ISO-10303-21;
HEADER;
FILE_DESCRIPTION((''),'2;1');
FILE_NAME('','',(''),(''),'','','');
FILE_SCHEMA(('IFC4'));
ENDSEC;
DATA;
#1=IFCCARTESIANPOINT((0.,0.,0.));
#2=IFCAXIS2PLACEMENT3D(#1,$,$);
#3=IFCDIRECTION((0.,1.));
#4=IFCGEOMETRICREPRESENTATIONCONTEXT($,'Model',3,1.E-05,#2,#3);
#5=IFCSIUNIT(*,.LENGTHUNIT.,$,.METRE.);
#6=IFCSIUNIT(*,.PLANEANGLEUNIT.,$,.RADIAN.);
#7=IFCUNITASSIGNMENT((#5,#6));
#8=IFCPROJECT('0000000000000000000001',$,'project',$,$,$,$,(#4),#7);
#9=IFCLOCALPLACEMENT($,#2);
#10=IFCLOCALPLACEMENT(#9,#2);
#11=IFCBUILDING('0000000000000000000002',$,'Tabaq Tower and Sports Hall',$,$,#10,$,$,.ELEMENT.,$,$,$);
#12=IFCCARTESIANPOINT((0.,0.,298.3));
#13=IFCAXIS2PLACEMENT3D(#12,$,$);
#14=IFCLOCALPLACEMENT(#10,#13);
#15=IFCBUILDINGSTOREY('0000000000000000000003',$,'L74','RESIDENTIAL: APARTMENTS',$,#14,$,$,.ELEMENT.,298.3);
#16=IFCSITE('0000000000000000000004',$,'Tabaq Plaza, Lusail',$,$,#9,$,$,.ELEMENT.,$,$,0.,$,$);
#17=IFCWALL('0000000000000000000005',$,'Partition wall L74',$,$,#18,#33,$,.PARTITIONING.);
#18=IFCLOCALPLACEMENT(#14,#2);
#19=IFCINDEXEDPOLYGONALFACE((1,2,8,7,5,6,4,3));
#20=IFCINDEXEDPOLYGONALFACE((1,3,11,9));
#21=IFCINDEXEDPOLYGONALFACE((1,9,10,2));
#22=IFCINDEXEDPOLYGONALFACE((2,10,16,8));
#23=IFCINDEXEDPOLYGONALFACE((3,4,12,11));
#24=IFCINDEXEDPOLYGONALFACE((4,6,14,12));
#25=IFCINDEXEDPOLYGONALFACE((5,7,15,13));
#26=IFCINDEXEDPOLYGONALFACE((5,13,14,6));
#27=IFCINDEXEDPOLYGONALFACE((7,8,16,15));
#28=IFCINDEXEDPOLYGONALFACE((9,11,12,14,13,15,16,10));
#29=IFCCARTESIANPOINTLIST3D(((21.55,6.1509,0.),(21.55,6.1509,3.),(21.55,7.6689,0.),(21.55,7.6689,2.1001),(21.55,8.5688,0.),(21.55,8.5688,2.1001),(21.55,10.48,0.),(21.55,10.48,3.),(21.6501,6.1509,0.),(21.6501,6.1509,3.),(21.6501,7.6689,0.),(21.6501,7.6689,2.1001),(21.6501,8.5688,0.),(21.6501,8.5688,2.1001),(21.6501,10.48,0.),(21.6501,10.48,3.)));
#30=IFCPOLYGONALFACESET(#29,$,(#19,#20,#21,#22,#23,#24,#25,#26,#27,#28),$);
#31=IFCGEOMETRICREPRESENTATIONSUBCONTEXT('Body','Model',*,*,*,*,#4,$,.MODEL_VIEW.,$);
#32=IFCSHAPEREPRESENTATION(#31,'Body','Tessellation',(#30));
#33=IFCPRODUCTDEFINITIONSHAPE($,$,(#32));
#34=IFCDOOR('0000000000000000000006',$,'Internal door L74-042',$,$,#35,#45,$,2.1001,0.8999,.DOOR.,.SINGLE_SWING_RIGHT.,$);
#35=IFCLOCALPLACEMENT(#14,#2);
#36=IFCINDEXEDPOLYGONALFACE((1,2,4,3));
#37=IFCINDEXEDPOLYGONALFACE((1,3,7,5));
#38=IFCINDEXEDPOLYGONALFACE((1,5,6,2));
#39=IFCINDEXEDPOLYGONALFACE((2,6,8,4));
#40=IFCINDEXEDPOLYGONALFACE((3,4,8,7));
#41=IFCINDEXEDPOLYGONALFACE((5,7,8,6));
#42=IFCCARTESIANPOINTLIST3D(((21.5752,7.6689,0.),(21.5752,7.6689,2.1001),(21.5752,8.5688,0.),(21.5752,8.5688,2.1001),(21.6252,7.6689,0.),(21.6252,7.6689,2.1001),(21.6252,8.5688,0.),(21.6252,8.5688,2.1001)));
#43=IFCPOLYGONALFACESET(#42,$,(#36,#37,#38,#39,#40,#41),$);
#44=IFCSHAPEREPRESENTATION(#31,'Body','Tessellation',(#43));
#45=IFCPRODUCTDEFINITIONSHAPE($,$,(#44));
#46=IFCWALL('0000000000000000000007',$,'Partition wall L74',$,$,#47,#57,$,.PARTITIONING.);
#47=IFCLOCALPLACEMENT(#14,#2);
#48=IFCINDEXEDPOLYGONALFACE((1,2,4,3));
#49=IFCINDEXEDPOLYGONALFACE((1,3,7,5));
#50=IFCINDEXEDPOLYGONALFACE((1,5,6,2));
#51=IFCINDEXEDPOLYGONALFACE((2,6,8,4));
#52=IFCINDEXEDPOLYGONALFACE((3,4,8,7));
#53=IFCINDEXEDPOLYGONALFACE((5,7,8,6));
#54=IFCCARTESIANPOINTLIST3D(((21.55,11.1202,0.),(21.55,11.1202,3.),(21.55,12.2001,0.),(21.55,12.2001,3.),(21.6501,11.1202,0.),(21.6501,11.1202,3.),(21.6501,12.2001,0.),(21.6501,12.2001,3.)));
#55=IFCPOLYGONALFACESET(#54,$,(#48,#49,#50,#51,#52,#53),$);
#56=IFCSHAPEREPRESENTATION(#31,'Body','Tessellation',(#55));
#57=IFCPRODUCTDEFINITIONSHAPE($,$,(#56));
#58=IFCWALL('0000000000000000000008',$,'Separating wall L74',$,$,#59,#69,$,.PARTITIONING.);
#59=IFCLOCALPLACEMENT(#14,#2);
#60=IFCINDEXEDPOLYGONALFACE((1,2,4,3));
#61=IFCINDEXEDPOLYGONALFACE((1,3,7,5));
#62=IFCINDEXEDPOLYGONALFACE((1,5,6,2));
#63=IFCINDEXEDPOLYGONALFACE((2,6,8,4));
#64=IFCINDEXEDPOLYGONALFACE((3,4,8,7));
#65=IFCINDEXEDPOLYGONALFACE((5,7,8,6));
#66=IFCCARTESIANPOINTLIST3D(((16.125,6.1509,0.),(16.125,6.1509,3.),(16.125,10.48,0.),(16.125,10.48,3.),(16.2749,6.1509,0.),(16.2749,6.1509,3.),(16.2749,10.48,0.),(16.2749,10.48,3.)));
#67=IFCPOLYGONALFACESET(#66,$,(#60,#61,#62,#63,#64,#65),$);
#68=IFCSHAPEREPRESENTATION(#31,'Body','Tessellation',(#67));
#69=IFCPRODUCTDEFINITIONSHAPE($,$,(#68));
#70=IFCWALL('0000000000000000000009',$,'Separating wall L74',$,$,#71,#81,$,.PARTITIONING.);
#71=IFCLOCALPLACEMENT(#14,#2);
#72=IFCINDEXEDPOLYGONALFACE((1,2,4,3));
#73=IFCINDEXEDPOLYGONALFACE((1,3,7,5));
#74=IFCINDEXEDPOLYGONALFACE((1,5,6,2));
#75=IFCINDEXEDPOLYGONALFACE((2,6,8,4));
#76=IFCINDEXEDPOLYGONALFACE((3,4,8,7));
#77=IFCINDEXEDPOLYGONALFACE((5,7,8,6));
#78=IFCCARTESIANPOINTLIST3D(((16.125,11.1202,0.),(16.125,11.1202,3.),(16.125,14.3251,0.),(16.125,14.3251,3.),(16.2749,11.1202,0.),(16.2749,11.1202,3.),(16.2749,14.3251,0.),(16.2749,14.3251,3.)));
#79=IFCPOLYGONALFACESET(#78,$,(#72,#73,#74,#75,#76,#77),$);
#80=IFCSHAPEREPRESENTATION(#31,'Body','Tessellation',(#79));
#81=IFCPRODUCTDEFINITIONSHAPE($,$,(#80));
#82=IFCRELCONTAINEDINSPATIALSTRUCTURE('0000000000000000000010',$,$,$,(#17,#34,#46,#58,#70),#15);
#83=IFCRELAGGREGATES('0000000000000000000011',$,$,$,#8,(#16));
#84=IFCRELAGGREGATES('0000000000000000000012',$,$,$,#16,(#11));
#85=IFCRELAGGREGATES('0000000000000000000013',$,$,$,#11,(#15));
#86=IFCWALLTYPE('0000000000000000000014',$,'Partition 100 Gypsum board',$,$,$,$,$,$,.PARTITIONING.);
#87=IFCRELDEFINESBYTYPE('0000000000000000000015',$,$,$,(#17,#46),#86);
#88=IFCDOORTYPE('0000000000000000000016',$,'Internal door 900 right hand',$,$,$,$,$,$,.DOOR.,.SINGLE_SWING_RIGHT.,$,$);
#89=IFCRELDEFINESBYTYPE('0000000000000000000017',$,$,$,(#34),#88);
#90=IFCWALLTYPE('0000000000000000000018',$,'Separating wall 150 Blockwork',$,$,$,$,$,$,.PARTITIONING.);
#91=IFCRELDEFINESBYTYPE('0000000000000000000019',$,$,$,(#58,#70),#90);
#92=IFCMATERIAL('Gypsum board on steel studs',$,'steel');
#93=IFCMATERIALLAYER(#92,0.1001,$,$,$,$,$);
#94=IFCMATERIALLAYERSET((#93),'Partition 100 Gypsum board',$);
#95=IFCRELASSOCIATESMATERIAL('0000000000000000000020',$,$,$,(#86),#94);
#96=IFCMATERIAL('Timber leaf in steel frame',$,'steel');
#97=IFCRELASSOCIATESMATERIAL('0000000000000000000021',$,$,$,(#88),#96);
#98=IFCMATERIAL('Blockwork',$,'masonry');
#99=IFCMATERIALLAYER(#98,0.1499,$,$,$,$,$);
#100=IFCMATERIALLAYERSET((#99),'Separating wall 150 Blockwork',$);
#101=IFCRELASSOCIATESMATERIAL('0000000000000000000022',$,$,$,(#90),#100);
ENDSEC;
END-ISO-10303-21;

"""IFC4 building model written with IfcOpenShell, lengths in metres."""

from ifc_helpers import new_model, si_unit, direction, frame, frame_2d, origin, place, context, subcontext, project, spatial, rectangle, extrude, material, layer, layer_set, type_object, element, fill, save


model = new_model("IFC4")

# Units and contexts
model_context = context("Model", 3, precision=1e-05, world=origin(), true_north=direction((0.0, 1.0)))
body_context = subcontext(model_context, "Body", "Model", "MODEL_VIEW")
ifc_project = project(units=[si_unit("LENGTHUNIT", "METRE"), si_unit("PLANEANGLEUNIT", "RADIAN")], contexts=[model_context])

# Site, building, storey
site_placement = place(None, origin())
site = spatial("IfcSite", under=ifc_project, at=site_placement, Name="Tabaq Plaza, Lusail", CompositionType="ELEMENT", RefElevation=0.0)
building_placement = place(site_placement, origin())
building = spatial("IfcBuilding", under=site, at=building_placement, Name="Tabaq Tower and Sports Hall", CompositionType="ELEMENT")
storey_placement = place(building_placement, frame((0.0, 0.0, 298.3)))
storey = spatial("IfcBuildingStorey", under=building, at=storey_placement, Name="L74", Description="RESIDENTIAL: APARTMENTS", CompositionType="ELEMENT", Elevation=298.3)

# Shared definitions
ifc_material_1 = material(Name="Gypsum board on steel studs", Category="steel")
ifc_layer_1 = layer(ifc_material_1, 0.1001)
ifc_layer_set_1 = layer_set([ifc_layer_1], Name="Partition 100 Gypsum board")
wall_type_1 = type_object("IfcWallType", Name="Partition 100 Gypsum board", PredefinedType="PARTITIONING", material=ifc_layer_set_1)
ifc_material_2 = material(Name="Timber leaf in steel frame", Category="steel")
door_type_1 = type_object("IfcDoorType", Name="Internal door 900 right hand", OperationType="SINGLE_SWING_RIGHT", PredefinedType="DOOR", material=ifc_material_2)

# Wall, opening, door
wall_1_placement = place(storey_placement, frame((21.6001, 6.1509, 0.0), z_axis=(0.0, 0.0, 1.0), x_axis=(0.0, 1.0, 0.0)))
wall_1 = element("IfcWall", 1, at=wall_1_placement, inside=storey, type_object=wall_type_1, Name="Partition wall L74", PredefinedType="PARTITIONING", context=body_context, shape_type="SweptSolid", body=[
    extrude(rectangle(XDim=4.3291, YDim=0.1001, at=frame_2d((2.1646, 0.0))), origin(), (0.0, 0.0, 1.0), 3.0),
])
opening_1_placement = place(wall_1_placement, frame((1.5181, 0.0, 0.0)))
opening_1 = element("IfcOpeningElement", 2, at=opening_1_placement, cuts=wall_1, PredefinedType="OPENING", context=body_context, shape_type="SweptSolid", body=[
    extrude(rectangle(XDim=0.8999, YDim=2.1001, at=frame_2d((0.45, 1.05))), frame((0.0, 0.05, 0.0), z_axis=(0.0, -1.0, 0.0), x_axis=(1.0, 0.0, 0.0)), (0.0, 0.0, 1.0), 0.1001),
])
door_1_placement = place(opening_1_placement, origin())
door_1 = element("IfcDoor", 3, at=door_1_placement, inside=storey, type_object=door_type_1, Name="Internal door L74-042", OperationType="SINGLE_SWING_RIGHT", OverallHeight=2.1001, OverallWidth=0.8999, PredefinedType="DOOR", context=body_context, shape_type="SweptSolid", body=[
    extrude(rectangle(XDim=0.8999, YDim=2.1001, at=frame_2d((0.45, 1.05))), frame((0.0, 0.0249, 0.0), z_axis=(0.0, -1.0, 0.0), x_axis=(1.0, 0.0, 0.0)), (0.0, 0.0, 1.0), 0.05),
])
fill(opening_1, door_1)

# Walls
wall_2_placement = place(storey_placement, frame((21.6001, 11.1201, 0.0), z_axis=(0.0, 0.0, 1.0), x_axis=(0.0, 1.0, 0.0)))
element("IfcWall", 4, at=wall_2_placement, inside=storey, type_object=wall_type_1, Name="Partition wall L74", PredefinedType="PARTITIONING", context=body_context, shape_type="SweptSolid", body=[
    extrude(rectangle(XDim=1.0798, YDim=0.1001, at=frame_2d((0.54, 0.0))), origin(), (0.0, 0.0, 1.0), 3.0),
])
ifc_material_3 = material(Name="Blockwork", Category="masonry")
ifc_layer_2 = layer(ifc_material_3, 0.1499)
ifc_layer_set_2 = layer_set([ifc_layer_2], Name="Separating wall 150 Blockwork")
wall_type_2 = type_object("IfcWallType", Name="Separating wall 150 Blockwork", PredefinedType="PARTITIONING", material=ifc_layer_set_2)
wall_3_placement = place(storey_placement, frame((16.2, 6.1509, 0.0), z_axis=(0.0, 0.0, 1.0), x_axis=(0.0, 1.0, 0.0)))
element("IfcWall", 5, at=wall_3_placement, inside=storey, type_object=wall_type_2, Name="Separating wall L74", PredefinedType="PARTITIONING", context=body_context, shape_type="SweptSolid", body=[
    extrude(rectangle(XDim=4.3291, YDim=0.1499, at=frame_2d((2.1646, 0.0))), origin(), (0.0, 0.0, 1.0), 3.0),
])
wall_4_placement = place(storey_placement, frame((16.2, 11.1201, 0.0), z_axis=(0.0, 0.0, 1.0), x_axis=(0.0, 1.0, 0.0)))
element("IfcWall", 6, at=wall_4_placement, inside=storey, type_object=wall_type_2, Name="Separating wall L74", PredefinedType="PARTITIONING", context=body_context, shape_type="SweptSolid", body=[
    extrude(rectangle(XDim=3.2048, YDim=0.1499, at=frame_2d((1.6025, 0.0))), origin(), (0.0, 0.0, 1.0), 3.0),
])

save(model, "model.ifc")
